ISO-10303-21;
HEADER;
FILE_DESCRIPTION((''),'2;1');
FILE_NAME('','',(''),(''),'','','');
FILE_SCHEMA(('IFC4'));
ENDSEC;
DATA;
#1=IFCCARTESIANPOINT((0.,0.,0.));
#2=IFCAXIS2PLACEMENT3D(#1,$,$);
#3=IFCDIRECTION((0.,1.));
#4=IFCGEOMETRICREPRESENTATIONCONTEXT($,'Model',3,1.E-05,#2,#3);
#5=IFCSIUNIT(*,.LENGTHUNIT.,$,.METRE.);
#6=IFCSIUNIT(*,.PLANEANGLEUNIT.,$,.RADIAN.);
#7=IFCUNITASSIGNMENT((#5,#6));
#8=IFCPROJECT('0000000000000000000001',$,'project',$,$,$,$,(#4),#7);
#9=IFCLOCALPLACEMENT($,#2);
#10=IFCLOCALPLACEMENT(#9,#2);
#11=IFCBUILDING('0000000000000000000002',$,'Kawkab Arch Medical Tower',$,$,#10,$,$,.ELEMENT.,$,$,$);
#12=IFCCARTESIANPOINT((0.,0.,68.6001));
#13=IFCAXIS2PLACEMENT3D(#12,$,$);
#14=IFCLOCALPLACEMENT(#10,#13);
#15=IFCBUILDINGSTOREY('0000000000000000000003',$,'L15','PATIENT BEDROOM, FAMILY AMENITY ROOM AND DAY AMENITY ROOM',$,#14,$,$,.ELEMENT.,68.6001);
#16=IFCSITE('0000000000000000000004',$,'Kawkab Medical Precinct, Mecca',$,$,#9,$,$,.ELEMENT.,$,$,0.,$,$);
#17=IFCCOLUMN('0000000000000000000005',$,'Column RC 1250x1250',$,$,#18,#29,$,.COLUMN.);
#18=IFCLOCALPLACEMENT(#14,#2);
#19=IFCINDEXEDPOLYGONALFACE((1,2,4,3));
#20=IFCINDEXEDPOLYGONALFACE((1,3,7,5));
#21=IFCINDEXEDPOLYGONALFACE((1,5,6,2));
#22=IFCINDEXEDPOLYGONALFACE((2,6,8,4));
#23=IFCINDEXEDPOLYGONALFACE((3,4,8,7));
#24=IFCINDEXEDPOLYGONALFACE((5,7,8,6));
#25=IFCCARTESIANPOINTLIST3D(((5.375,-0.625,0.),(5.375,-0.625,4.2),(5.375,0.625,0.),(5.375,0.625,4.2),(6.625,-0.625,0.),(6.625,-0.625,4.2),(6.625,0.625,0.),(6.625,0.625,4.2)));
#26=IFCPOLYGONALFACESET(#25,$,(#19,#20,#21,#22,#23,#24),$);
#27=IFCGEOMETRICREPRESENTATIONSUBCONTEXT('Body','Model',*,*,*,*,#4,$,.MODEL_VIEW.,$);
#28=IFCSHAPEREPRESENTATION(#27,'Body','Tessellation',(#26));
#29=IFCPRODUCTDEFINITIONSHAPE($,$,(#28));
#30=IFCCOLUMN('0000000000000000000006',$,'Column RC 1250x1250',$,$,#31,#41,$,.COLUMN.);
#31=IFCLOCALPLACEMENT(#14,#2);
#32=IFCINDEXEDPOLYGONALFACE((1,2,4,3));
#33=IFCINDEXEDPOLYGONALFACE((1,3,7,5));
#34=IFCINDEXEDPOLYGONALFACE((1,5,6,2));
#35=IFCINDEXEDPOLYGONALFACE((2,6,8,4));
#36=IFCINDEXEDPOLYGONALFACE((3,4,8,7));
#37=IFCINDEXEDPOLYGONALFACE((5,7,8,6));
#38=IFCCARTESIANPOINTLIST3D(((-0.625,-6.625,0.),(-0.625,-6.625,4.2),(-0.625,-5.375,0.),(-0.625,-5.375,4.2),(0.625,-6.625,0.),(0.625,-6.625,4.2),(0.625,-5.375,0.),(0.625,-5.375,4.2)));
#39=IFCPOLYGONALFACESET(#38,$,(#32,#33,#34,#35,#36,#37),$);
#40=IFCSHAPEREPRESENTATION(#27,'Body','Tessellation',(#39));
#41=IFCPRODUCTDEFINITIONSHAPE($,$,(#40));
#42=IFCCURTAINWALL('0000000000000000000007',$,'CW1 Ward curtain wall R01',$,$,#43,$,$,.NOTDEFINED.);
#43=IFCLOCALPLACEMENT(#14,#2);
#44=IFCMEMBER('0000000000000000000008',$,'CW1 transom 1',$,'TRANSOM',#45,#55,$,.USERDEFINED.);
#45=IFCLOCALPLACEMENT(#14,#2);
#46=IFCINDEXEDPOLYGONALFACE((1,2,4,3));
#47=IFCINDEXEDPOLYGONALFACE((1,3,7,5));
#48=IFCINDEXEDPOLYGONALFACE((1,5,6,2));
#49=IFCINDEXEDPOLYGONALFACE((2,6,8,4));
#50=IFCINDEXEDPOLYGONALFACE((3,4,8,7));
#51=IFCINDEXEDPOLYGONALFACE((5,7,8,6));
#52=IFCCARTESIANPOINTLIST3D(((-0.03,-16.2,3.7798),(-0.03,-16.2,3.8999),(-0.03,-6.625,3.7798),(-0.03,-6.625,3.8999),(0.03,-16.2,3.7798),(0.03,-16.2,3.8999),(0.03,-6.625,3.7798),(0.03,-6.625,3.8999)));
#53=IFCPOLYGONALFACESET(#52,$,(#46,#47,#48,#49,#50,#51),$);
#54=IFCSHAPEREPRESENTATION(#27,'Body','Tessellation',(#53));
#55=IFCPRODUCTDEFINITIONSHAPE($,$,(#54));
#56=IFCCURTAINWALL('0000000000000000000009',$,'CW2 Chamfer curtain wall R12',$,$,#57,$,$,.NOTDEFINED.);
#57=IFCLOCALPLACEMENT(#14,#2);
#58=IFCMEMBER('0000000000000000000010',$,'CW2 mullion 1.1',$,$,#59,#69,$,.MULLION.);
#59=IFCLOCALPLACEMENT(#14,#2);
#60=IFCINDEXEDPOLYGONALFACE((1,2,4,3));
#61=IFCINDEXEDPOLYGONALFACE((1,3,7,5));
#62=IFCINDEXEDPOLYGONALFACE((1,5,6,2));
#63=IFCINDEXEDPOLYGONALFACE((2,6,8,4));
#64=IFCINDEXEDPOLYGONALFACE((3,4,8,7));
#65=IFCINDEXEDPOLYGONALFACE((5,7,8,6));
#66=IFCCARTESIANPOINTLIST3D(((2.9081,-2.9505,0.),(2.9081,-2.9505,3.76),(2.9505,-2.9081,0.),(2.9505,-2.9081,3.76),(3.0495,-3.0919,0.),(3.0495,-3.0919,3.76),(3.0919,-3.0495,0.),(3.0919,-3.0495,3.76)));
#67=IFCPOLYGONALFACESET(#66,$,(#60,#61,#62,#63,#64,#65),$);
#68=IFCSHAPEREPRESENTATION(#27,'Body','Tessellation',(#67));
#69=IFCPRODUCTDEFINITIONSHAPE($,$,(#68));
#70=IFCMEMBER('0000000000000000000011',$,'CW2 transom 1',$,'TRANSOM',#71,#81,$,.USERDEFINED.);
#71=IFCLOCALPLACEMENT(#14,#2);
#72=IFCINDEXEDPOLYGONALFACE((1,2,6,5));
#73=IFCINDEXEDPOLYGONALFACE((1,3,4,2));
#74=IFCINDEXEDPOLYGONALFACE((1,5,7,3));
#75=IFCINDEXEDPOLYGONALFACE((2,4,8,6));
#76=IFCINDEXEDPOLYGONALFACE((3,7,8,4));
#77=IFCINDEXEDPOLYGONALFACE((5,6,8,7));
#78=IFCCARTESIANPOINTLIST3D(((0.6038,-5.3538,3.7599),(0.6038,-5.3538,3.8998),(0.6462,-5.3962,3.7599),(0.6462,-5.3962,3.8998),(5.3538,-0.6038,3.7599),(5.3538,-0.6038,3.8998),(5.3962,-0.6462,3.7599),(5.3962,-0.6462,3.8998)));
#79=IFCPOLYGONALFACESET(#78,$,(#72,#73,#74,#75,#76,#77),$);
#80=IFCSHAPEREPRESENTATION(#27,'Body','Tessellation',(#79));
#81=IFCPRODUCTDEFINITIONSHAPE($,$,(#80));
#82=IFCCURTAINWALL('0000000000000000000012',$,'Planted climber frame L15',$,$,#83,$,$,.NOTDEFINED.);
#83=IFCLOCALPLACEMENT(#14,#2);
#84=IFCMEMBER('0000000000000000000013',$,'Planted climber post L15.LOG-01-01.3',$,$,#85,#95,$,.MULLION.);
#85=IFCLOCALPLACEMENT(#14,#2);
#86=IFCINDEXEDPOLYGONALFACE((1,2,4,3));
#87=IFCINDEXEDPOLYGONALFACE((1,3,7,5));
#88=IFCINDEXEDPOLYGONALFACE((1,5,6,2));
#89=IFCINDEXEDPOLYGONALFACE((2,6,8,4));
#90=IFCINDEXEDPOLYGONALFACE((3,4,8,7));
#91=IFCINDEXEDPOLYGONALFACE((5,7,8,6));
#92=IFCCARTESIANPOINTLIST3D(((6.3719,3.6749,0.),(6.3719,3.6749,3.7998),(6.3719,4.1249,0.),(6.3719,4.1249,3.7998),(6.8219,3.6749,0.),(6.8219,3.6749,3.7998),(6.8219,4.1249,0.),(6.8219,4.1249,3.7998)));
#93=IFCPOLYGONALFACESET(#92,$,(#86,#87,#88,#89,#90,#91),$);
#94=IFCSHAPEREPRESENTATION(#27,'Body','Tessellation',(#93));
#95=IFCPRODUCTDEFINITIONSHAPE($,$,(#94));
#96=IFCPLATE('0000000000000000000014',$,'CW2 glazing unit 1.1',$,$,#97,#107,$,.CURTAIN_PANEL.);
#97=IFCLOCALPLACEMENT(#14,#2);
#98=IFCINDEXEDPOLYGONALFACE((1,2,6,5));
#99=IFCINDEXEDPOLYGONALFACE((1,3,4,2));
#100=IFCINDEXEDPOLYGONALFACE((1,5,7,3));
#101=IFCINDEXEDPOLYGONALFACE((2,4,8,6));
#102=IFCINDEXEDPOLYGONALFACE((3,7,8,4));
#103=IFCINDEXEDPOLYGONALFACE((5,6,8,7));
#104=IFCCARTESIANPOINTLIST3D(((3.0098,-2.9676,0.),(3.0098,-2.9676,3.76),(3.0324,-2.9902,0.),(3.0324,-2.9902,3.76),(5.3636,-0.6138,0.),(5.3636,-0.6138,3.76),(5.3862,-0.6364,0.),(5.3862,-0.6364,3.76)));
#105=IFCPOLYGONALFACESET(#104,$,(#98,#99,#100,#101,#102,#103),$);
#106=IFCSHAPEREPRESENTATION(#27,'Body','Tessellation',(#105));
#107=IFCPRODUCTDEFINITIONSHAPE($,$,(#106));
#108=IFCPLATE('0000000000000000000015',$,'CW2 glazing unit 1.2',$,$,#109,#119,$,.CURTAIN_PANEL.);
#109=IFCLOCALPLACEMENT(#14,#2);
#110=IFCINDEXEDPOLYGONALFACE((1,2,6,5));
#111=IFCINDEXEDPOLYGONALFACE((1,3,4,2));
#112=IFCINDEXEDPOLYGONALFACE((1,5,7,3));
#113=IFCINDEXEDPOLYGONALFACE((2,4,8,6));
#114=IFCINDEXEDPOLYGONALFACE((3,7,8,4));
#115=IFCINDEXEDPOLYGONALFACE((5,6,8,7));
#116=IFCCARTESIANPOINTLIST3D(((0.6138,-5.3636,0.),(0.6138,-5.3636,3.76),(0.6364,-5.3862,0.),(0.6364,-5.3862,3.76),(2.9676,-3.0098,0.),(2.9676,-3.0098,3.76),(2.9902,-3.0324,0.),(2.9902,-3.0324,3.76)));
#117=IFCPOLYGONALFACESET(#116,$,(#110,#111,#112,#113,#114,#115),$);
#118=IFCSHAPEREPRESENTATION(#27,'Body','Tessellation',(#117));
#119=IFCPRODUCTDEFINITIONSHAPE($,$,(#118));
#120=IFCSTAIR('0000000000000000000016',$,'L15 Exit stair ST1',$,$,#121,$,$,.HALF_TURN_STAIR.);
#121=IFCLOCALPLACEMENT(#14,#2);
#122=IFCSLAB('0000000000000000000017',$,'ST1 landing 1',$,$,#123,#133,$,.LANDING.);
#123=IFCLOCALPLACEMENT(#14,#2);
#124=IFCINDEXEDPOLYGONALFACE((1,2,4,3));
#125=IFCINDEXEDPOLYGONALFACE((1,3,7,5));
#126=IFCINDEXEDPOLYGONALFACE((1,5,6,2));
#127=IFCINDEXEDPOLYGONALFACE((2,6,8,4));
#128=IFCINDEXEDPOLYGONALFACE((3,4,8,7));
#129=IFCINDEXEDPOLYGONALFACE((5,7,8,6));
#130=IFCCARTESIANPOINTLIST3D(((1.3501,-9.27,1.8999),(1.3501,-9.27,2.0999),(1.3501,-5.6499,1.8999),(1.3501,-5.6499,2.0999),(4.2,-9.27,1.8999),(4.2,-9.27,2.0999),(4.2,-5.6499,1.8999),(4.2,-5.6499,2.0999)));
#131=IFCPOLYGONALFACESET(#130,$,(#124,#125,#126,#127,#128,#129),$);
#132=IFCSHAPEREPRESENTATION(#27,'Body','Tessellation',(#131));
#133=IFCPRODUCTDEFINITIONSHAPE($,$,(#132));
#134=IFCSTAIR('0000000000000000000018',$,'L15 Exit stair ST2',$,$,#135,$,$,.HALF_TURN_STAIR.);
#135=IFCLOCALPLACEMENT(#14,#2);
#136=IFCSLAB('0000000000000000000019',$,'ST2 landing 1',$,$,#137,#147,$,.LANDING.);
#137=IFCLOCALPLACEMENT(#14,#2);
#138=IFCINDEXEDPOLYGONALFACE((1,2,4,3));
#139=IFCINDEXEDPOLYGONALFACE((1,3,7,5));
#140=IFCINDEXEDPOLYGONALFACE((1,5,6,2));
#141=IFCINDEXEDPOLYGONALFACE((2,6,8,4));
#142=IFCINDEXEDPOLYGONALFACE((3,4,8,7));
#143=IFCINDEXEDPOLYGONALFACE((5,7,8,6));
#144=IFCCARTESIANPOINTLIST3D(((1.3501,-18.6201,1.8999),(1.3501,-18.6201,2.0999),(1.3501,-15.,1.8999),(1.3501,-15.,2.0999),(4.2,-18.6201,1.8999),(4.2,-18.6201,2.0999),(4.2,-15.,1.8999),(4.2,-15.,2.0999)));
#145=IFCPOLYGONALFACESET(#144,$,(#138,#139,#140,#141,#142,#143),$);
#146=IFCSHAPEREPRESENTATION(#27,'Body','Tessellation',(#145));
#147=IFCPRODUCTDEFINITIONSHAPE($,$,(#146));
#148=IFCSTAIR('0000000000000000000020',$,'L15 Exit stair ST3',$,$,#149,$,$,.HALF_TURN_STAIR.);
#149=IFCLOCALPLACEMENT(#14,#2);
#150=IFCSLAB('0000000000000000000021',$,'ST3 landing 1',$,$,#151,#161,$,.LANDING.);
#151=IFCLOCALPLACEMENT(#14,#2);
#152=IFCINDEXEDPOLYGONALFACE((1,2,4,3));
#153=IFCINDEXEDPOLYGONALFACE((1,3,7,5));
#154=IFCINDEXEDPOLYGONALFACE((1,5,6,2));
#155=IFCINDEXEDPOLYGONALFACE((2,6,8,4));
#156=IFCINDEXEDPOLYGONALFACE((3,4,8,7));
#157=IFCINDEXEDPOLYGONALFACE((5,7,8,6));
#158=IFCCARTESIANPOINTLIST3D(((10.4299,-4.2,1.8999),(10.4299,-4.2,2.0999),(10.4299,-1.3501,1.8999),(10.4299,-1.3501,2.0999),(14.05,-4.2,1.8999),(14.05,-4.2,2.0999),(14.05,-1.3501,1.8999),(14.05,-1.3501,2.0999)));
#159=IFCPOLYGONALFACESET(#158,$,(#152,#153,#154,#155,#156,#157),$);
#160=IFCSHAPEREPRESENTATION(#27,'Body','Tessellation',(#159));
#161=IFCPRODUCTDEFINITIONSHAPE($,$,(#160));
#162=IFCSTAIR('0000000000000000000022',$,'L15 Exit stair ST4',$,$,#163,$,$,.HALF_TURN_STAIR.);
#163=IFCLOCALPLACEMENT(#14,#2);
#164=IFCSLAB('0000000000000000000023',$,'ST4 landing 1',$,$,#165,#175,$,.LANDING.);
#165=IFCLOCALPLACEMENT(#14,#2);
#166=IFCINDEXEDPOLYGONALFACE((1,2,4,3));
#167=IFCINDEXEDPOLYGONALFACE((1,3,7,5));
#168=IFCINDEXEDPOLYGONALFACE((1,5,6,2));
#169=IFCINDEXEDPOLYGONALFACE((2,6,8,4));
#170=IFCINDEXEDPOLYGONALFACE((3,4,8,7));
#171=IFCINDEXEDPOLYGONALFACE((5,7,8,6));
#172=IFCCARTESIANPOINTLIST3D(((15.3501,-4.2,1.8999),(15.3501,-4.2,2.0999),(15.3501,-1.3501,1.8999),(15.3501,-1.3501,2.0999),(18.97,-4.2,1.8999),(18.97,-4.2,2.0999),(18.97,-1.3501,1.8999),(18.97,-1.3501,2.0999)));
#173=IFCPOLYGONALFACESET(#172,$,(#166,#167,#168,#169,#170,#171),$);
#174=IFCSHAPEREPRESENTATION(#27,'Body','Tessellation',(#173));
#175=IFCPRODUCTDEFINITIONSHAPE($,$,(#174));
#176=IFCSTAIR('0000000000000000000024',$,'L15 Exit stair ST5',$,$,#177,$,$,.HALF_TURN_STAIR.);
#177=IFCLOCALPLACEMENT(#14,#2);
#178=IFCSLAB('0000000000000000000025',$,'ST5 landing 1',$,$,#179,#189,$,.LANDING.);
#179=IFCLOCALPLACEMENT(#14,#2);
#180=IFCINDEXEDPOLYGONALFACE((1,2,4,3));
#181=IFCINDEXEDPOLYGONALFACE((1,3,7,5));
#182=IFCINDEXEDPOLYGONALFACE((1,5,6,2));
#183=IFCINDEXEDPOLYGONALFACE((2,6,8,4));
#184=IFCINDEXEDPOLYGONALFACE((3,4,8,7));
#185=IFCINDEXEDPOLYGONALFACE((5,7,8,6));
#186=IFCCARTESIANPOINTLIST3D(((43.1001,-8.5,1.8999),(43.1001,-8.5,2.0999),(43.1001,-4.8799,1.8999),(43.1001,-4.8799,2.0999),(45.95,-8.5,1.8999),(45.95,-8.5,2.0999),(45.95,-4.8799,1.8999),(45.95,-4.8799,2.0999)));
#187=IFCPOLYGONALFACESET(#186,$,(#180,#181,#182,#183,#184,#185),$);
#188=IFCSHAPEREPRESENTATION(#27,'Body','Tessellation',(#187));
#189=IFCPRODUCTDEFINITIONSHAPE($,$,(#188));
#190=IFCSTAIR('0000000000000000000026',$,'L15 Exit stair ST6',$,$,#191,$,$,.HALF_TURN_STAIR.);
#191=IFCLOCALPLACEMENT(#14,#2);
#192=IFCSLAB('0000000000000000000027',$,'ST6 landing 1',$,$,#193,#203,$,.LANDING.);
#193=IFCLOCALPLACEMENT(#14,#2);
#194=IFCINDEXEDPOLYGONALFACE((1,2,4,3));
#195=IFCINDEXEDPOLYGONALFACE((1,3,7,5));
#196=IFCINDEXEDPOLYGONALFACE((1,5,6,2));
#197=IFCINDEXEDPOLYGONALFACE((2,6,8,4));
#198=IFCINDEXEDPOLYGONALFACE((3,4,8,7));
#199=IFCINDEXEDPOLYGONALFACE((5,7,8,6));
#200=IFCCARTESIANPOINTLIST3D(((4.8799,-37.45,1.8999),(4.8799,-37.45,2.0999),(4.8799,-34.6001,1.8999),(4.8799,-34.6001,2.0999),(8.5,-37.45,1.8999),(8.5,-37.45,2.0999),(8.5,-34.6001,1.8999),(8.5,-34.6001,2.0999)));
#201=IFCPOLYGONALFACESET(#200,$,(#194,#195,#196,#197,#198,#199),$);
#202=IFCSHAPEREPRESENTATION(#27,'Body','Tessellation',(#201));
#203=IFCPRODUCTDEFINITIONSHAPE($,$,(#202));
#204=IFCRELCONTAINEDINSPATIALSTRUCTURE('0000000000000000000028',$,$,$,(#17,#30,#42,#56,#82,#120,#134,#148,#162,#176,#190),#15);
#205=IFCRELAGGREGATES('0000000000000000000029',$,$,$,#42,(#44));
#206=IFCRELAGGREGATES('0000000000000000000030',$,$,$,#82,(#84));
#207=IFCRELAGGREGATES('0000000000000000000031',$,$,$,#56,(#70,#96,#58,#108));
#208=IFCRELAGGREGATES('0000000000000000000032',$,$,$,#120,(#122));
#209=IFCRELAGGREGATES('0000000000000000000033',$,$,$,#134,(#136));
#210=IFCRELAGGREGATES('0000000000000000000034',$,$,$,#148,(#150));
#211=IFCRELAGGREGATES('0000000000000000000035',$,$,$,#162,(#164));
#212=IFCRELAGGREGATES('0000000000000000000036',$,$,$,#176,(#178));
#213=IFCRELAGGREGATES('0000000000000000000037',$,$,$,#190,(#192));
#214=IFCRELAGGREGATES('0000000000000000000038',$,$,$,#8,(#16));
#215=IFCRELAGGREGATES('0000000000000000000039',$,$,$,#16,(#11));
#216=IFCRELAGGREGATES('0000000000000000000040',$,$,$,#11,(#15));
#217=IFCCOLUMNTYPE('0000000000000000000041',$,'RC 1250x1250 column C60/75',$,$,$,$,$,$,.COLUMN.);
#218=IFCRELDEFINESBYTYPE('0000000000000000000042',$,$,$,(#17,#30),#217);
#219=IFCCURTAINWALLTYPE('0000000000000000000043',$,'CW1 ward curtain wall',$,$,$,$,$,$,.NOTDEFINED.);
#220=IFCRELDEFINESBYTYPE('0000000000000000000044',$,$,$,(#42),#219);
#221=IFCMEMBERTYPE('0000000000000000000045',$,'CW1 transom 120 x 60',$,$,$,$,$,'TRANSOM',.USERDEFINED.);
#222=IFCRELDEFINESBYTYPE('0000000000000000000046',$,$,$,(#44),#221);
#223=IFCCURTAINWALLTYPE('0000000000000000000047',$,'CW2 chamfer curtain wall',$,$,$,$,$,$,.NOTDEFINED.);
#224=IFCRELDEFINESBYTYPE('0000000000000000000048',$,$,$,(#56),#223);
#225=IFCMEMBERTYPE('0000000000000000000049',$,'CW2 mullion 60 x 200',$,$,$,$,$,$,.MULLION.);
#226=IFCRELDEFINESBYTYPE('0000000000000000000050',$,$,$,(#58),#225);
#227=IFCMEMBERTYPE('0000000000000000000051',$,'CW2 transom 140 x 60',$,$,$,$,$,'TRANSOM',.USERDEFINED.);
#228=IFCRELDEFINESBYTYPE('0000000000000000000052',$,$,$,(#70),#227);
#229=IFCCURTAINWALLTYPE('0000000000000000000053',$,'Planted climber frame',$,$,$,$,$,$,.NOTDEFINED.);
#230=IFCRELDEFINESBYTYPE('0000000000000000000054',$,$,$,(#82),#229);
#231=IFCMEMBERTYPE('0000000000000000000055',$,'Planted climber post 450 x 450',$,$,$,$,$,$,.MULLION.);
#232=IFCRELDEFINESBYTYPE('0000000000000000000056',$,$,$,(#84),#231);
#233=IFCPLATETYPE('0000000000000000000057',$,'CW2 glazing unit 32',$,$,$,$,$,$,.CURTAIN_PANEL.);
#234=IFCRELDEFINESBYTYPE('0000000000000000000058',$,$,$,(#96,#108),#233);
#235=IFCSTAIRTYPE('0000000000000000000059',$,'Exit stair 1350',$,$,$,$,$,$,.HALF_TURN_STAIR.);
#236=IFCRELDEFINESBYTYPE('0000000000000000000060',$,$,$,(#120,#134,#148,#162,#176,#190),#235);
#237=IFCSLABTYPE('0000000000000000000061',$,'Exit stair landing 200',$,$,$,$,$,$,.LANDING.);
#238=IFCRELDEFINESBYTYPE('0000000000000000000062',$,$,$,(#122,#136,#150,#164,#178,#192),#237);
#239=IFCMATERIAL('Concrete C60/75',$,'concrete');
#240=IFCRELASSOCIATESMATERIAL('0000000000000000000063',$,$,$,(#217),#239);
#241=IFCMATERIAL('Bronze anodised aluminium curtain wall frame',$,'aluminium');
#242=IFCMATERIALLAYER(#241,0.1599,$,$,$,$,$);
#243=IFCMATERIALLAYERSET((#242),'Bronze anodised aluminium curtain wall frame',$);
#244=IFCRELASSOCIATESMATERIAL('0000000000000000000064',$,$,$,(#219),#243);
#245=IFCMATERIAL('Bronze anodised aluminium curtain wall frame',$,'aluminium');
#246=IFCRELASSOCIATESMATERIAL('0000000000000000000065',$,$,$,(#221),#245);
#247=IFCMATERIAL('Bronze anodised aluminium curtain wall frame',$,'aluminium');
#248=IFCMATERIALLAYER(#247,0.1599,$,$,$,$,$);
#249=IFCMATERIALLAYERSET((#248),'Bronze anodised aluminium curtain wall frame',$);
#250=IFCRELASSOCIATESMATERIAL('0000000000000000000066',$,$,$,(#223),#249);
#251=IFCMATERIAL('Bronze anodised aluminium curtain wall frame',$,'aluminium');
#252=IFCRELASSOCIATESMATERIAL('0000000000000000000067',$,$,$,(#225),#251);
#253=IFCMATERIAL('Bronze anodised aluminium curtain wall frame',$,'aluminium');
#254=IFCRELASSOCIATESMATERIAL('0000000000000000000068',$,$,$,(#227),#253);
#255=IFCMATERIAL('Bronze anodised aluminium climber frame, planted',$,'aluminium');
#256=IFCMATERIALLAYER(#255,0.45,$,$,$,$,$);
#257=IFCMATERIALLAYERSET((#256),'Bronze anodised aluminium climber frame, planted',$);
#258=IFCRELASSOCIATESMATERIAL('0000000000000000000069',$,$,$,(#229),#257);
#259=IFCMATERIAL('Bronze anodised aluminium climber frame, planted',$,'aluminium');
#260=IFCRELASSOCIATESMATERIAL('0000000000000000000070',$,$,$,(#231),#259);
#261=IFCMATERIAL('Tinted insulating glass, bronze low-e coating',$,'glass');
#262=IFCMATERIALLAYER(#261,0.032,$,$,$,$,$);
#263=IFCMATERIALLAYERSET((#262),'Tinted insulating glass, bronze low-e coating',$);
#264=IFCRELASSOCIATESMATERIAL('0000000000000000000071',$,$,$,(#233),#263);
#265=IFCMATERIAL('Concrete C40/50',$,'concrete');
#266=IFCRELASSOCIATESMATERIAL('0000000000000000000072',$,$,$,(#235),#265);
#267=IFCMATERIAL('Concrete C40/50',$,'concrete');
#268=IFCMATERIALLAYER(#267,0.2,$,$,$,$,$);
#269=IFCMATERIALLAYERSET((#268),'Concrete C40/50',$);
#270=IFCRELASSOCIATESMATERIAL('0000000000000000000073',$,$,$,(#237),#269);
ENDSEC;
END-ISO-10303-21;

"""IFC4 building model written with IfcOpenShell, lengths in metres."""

from ifc_helpers import new_model, si_unit, direction, frame, origin, origin_2d, place, context, subcontext, project, spatial, polyline, rectangle, outline, extrude, material, layer, layer_set, material_profile, profile_set, type_object, element, aggregate, save


model = new_model("IFC4")

# Units and contexts
model_context = context("Model", 3, precision=1e-05, world=origin(), true_north=direction((0.0, 1.0)))
body_context = subcontext(model_context, "Body", "Model", "MODEL_VIEW")
ifc_project = project(units=[si_unit("LENGTHUNIT", "METRE"), si_unit("PLANEANGLEUNIT", "RADIAN")], contexts=[model_context])

# Site, building, storey
site_placement = place(None, origin())
site = spatial("IfcSite", under=ifc_project, at=site_placement, Name="Kawkab Medical Precinct, Mecca", CompositionType="ELEMENT", RefElevation=0.0)
building_placement = place(site_placement, origin())
building = spatial("IfcBuilding", under=site, at=building_placement, Name="Kawkab Arch Medical Tower", CompositionType="ELEMENT")
storey_placement = place(building_placement, frame((0.0, 0.0, 68.6001)))
storey = spatial("IfcBuildingStorey", under=building, at=storey_placement, Name="L15", Description="PATIENT BEDROOM, FAMILY AMENITY ROOM AND DAY AMENITY ROOM", CompositionType="ELEMENT", Elevation=68.6001)

# Columns
ifc_material_1 = material(Name="Concrete C60/75", Category="concrete")
ifc_material_profile_1 = material_profile(ifc_material_1, rectangle(XDim=1.25, YDim=1.25, at=origin_2d()), Name="RC 1250x1250")
ifc_profile_set_1 = profile_set([ifc_material_profile_1], Name="Concrete C60/75")
column_type = type_object("IfcColumnType", Name="RC 1250x1250 column C60/75", PredefinedType="COLUMN", material=ifc_profile_set_1)
for number, where, z_axis, x_axis, name in (
    (1, (6.0, 0.0, 0.0), (0.0, 0.0, 1.0), (1.0, 0.0, 0.0), "Column RC 1250x1250"),
    (2, (0.0, -6.0, 0.0), (0.0, 0.0, 1.0), (1.0, 0.0, 0.0), "Column RC 1250x1250"),
):
    element("IfcColumn", number, at=place(storey_placement, frame(where, z_axis=z_axis, x_axis=x_axis)), inside=storey, type_object=column_type, Name=name, PredefinedType="COLUMN", context=body_context, shape_type="SweptSolid", body=[
        extrude(rectangle(XDim=1.25, YDim=1.25, at=origin_2d()), origin(), (0.0, 0.0, 1.0), 4.2),
    ])

# Curtain wall, member
ifc_material_2 = material(Name="Bronze anodised aluminium curtain wall frame", Category="aluminium")
ifc_layer_1 = layer(ifc_material_2, 0.1599)
ifc_layer_set_1 = layer_set([ifc_layer_1], Name="Bronze anodised aluminium curtain wall frame")
curtain_wall_type_1 = type_object("IfcCurtainWallType", Name="CW1 ward curtain wall", PredefinedType="NOTDEFINED", material=ifc_layer_set_1)
placement_1 = place(storey_placement, origin())
curtain_wall_1 = element("IfcCurtainWall", 3, at=placement_1, inside=storey, type_object=curtain_wall_type_1, Name="CW1 Ward curtain wall R01", PredefinedType="NOTDEFINED")
ifc_material_3 = material(Name="Bronze anodised aluminium curtain wall frame", Category="aluminium")
ifc_material_profile_2 = material_profile(ifc_material_3, rectangle(XDim=0.0601, YDim=0.1201, at=origin_2d()), Name="AL 60x120")
ifc_profile_set_2 = profile_set([ifc_material_profile_2], Name="Bronze anodised aluminium curtain wall frame")
member_type_1 = type_object("IfcMemberType", Name="CW1 transom 120 x 60", ElementType="TRANSOM", PredefinedType="USERDEFINED", material=ifc_profile_set_2)
member_1_placement = place(storey_placement, frame((0.0, -6.625, 3.8398), z_axis=(0.0, -1.0, 0.0), x_axis=(1.0, 0.0, 0.0)))
member_1 = element("IfcMember", 4, at=member_1_placement, type_object=member_type_1, Name="CW1 transom 1", ObjectType="TRANSOM", PredefinedType="USERDEFINED", context=body_context, shape_type="SweptSolid", body=[
    extrude(rectangle(XDim=0.0601, YDim=0.1201, at=origin_2d()), origin(), (0.0, 0.0, 1.0), 9.575),
])
aggregate(curtain_wall_1, [member_1])

# Curtain wall, members
ifc_material_4 = material(Name="Bronze anodised aluminium curtain wall frame", Category="aluminium")
ifc_layer_2 = layer(ifc_material_4, 0.1599)
ifc_layer_set_2 = layer_set([ifc_layer_2], Name="Bronze anodised aluminium curtain wall frame")
curtain_wall_type_2 = type_object("IfcCurtainWallType", Name="CW2 chamfer curtain wall", PredefinedType="NOTDEFINED", material=ifc_layer_set_2)
curtain_wall_2 = element("IfcCurtainWall", 5, at=placement_1, inside=storey, type_object=curtain_wall_type_2, Name="CW2 Chamfer curtain wall R12", PredefinedType="NOTDEFINED")
ifc_material_5 = material(Name="Bronze anodised aluminium curtain wall frame", Category="aluminium")
ifc_material_profile_3 = material_profile(ifc_material_5, rectangle(XDim=0.2, YDim=0.0601, at=origin_2d()), Name="AL 60x200")
ifc_profile_set_3 = profile_set([ifc_material_profile_3], Name="Bronze anodised aluminium curtain wall frame")
member_type_2 = type_object("IfcMemberType", Name="CW2 mullion 60 x 200", PredefinedType="MULLION", material=ifc_profile_set_3)
member_2_placement = place(storey_placement, frame((3.0, -3.0, 0.0), z_axis=(0.0, 0.0, 1.0), x_axis=(0.707107, -0.707107, 0.0)))
member_2 = element("IfcMember", 6, at=member_2_placement, type_object=member_type_2, Name="CW2 mullion 1.1", PredefinedType="MULLION", context=body_context, shape_type="SweptSolid", body=[
    extrude(rectangle(XDim=0.2, YDim=0.0601, at=origin_2d()), origin(), (0.0, 0.0, 1.0), 3.76),
])
ifc_material_6 = material(Name="Bronze anodised aluminium curtain wall frame", Category="aluminium")
ifc_material_profile_4 = material_profile(ifc_material_6, rectangle(XDim=0.0601, YDim=0.1399, at=origin_2d()), Name="AL 60x140")
ifc_profile_set_4 = profile_set([ifc_material_profile_4], Name="Bronze anodised aluminium curtain wall frame")
member_type_3 = type_object("IfcMemberType", Name="CW2 transom 140 x 60", ElementType="TRANSOM", PredefinedType="USERDEFINED", material=ifc_profile_set_4)
member_3_placement = place(storey_placement, frame((5.375, -0.625, 3.8298), z_axis=(-0.707107, -0.707107, 0.0), x_axis=(0.707107, -0.707107, 0.0)))
member_3 = element("IfcMember", 7, at=member_3_placement, type_object=member_type_3, Name="CW2 transom 1", ObjectType="TRANSOM", PredefinedType="USERDEFINED", context=body_context, shape_type="SweptSolid", body=[
    extrude(rectangle(XDim=0.0601, YDim=0.1399, at=origin_2d()), origin(), (0.0, 0.0, 1.0), 6.7175),
])

# Curtain wall, member
ifc_material_7 = material(Name="Bronze anodised aluminium climber frame, planted", Category="aluminium")
ifc_layer_3 = layer(ifc_material_7, 0.45)
ifc_layer_set_3 = layer_set([ifc_layer_3], Name="Bronze anodised aluminium climber frame, planted")
curtain_wall_type_3 = type_object("IfcCurtainWallType", Name="Planted climber frame", PredefinedType="NOTDEFINED", material=ifc_layer_set_3)
curtain_wall_3 = element("IfcCurtainWall", 8, at=placement_1, inside=storey, type_object=curtain_wall_type_3, Name="Planted climber frame L15", PredefinedType="NOTDEFINED")
ifc_material_8 = material(Name="Bronze anodised aluminium climber frame, planted", Category="aluminium")
ifc_material_profile_5 = material_profile(ifc_material_8, rectangle(XDim=0.45, YDim=0.45, at=origin_2d()), Name="Post 450x450")
ifc_profile_set_5 = profile_set([ifc_material_profile_5], Name="Bronze anodised aluminium climber frame, planted")
member_type_4 = type_object("IfcMemberType", Name="Planted climber post 450 x 450", PredefinedType="MULLION", material=ifc_profile_set_5)
member_4_placement = place(storey_placement, frame((6.5969, 3.8999, 0.0), z_axis=(0.0, 0.0, 1.0), x_axis=(1.0, 0.0, 0.0)))
member_4 = element("IfcMember", 9, at=member_4_placement, type_object=member_type_4, Name="Planted climber post L15.LOG-01-01.3", PredefinedType="MULLION", context=body_context, shape_type="SweptSolid", body=[
    extrude(rectangle(XDim=0.45, YDim=0.45, at=origin_2d()), origin(), (0.0, 0.0, 1.0), 3.7998),
])
aggregate(curtain_wall_3, [member_4])

# Plates
ifc_material_9 = material(Name="Tinted insulating glass, bronze low-e coating", Category="glass")
ifc_layer_4 = layer(ifc_material_9, 0.032)
ifc_layer_set_4 = layer_set([ifc_layer_4], Name="Tinted insulating glass, bronze low-e coating")
plate_type = type_object("IfcPlateType", Name="CW2 glazing unit 32", PredefinedType="CURTAIN_PANEL", material=ifc_layer_set_4)
plate_1_placement = place(storey_placement, frame((4.198, -1.802, 0.0), z_axis=(0.0, 0.0, 1.0), x_axis=(-0.707107, -0.707107, 0.0)))
plate_1 = element("IfcPlate", 10, at=plate_1_placement, type_object=plate_type, Name="CW2 glazing unit 1.1", PredefinedType="CURTAIN_PANEL", context=body_context, shape_type="SweptSolid", body=[
    extrude(rectangle(XDim=3.3289, YDim=0.032, at=origin_2d()), origin(), (0.0, 0.0, 1.0), 3.76),
])
plate_2_placement = place(storey_placement, frame((1.802, -4.198, 0.0), z_axis=(0.0, 0.0, 1.0), x_axis=(-0.707107, -0.707107, 0.0)))
plate_2 = element("IfcPlate", 11, at=plate_2_placement, type_object=plate_type, Name="CW2 glazing unit 1.2", PredefinedType="CURTAIN_PANEL", context=body_context, shape_type="SweptSolid", body=[
    extrude(rectangle(XDim=3.3289, YDim=0.032, at=origin_2d()), origin(), (0.0, 0.0, 1.0), 3.76),
])
aggregate(curtain_wall_2, [member_3, plate_1, member_2, plate_2])

# Stairs, slabs
ifc_material_10 = material(Name="Concrete C40/50", Category="concrete")
stair_type = type_object("IfcStairType", Name="Exit stair 1350", PredefinedType="HALF_TURN_STAIR", material=ifc_material_10)
stair_1 = element("IfcStair", 12, at=placement_1, inside=storey, type_object=stair_type, Name="L15 Exit stair ST1", PredefinedType="HALF_TURN_STAIR")
ifc_material_11 = material(Name="Concrete C40/50", Category="concrete")
ifc_layer_5 = layer(ifc_material_11, 0.2)
ifc_layer_set_5 = layer_set([ifc_layer_5], Name="Concrete C40/50")
slab_type_1 = type_object("IfcSlabType", Name="Exit stair landing 200", PredefinedType="LANDING", material=ifc_layer_set_5)
placement_2 = place(storey_placement, frame((0.0, 0.0, 1.8999)))
slab_1 = element("IfcSlab", 13, at=placement_2, type_object=slab_type_1, Name="ST1 landing 1", PredefinedType="LANDING", context=body_context, shape_type="SweptSolid", body=[
    extrude(outline(polyline([(4.2, -9.27), (4.2, -5.6499), (1.3501, -5.6499), (1.3501, -9.27), (4.2, -9.27)])), origin(), (0.0, 0.0, 1.0), 0.2),
])
aggregate(stair_1, [slab_1])
stair_2 = element("IfcStair", 14, at=placement_1, inside=storey, type_object=stair_type, Name="L15 Exit stair ST2", PredefinedType="HALF_TURN_STAIR")
slab_2 = element("IfcSlab", 15, at=placement_2, type_object=slab_type_1, Name="ST2 landing 1", PredefinedType="LANDING", context=body_context, shape_type="SweptSolid", body=[
    extrude(outline(polyline([(4.2, -18.6201), (4.2, -15.0), (1.3501, -15.0), (1.3501, -18.6201), (4.2, -18.6201)])), origin(), (0.0, 0.0, 1.0), 0.2),
])
aggregate(stair_2, [slab_2])
stair_3 = element("IfcStair", 16, at=placement_1, inside=storey, type_object=stair_type, Name="L15 Exit stair ST3", PredefinedType="HALF_TURN_STAIR")
slab_3 = element("IfcSlab", 17, at=placement_2, type_object=slab_type_1, Name="ST3 landing 1", PredefinedType="LANDING", context=body_context, shape_type="SweptSolid", body=[
    extrude(outline(polyline([(10.4299, -4.2), (14.05, -4.2), (14.05, -1.3501), (10.4299, -1.3501), (10.4299, -4.2)])), origin(), (0.0, 0.0, 1.0), 0.2),
])
aggregate(stair_3, [slab_3])
stair_4 = element("IfcStair", 18, at=placement_1, inside=storey, type_object=stair_type, Name="L15 Exit stair ST4", PredefinedType="HALF_TURN_STAIR")
slab_4 = element("IfcSlab", 19, at=placement_2, type_object=slab_type_1, Name="ST4 landing 1", PredefinedType="LANDING", context=body_context, shape_type="SweptSolid", body=[
    extrude(outline(polyline([(18.97, -1.3501), (15.3501, -1.3501), (15.3501, -4.2), (18.97, -4.2), (18.97, -1.3501)])), origin(), (0.0, 0.0, 1.0), 0.2),
])
aggregate(stair_4, [slab_4])
stair_5 = element("IfcStair", 20, at=placement_1, inside=storey, type_object=stair_type, Name="L15 Exit stair ST5", PredefinedType="HALF_TURN_STAIR")
slab_5 = element("IfcSlab", 21, at=placement_2, type_object=slab_type_1, Name="ST5 landing 1", PredefinedType="LANDING", context=body_context, shape_type="SweptSolid", body=[
    extrude(outline(polyline([(43.1001, -4.8799), (43.1001, -8.5), (45.95, -8.5), (45.95, -4.8799), (43.1001, -4.8799)])), origin(), (0.0, 0.0, 1.0), 0.2),
])
aggregate(stair_5, [slab_5])
stair_6 = element("IfcStair", 22, at=placement_1, inside=storey, type_object=stair_type, Name="L15 Exit stair ST6", PredefinedType="HALF_TURN_STAIR")
slab_6 = element("IfcSlab", 23, at=placement_2, type_object=slab_type_1, Name="ST6 landing 1", PredefinedType="LANDING", context=body_context, shape_type="SweptSolid", body=[
    extrude(outline(polyline([(4.8799, -37.45), (8.5, -37.45), (8.5, -34.6001), (4.8799, -34.6001), (4.8799, -37.45)])), origin(), (0.0, 0.0, 1.0), 0.2),
])
aggregate(stair_6, [slab_6])

save(model, "model.ifc")
